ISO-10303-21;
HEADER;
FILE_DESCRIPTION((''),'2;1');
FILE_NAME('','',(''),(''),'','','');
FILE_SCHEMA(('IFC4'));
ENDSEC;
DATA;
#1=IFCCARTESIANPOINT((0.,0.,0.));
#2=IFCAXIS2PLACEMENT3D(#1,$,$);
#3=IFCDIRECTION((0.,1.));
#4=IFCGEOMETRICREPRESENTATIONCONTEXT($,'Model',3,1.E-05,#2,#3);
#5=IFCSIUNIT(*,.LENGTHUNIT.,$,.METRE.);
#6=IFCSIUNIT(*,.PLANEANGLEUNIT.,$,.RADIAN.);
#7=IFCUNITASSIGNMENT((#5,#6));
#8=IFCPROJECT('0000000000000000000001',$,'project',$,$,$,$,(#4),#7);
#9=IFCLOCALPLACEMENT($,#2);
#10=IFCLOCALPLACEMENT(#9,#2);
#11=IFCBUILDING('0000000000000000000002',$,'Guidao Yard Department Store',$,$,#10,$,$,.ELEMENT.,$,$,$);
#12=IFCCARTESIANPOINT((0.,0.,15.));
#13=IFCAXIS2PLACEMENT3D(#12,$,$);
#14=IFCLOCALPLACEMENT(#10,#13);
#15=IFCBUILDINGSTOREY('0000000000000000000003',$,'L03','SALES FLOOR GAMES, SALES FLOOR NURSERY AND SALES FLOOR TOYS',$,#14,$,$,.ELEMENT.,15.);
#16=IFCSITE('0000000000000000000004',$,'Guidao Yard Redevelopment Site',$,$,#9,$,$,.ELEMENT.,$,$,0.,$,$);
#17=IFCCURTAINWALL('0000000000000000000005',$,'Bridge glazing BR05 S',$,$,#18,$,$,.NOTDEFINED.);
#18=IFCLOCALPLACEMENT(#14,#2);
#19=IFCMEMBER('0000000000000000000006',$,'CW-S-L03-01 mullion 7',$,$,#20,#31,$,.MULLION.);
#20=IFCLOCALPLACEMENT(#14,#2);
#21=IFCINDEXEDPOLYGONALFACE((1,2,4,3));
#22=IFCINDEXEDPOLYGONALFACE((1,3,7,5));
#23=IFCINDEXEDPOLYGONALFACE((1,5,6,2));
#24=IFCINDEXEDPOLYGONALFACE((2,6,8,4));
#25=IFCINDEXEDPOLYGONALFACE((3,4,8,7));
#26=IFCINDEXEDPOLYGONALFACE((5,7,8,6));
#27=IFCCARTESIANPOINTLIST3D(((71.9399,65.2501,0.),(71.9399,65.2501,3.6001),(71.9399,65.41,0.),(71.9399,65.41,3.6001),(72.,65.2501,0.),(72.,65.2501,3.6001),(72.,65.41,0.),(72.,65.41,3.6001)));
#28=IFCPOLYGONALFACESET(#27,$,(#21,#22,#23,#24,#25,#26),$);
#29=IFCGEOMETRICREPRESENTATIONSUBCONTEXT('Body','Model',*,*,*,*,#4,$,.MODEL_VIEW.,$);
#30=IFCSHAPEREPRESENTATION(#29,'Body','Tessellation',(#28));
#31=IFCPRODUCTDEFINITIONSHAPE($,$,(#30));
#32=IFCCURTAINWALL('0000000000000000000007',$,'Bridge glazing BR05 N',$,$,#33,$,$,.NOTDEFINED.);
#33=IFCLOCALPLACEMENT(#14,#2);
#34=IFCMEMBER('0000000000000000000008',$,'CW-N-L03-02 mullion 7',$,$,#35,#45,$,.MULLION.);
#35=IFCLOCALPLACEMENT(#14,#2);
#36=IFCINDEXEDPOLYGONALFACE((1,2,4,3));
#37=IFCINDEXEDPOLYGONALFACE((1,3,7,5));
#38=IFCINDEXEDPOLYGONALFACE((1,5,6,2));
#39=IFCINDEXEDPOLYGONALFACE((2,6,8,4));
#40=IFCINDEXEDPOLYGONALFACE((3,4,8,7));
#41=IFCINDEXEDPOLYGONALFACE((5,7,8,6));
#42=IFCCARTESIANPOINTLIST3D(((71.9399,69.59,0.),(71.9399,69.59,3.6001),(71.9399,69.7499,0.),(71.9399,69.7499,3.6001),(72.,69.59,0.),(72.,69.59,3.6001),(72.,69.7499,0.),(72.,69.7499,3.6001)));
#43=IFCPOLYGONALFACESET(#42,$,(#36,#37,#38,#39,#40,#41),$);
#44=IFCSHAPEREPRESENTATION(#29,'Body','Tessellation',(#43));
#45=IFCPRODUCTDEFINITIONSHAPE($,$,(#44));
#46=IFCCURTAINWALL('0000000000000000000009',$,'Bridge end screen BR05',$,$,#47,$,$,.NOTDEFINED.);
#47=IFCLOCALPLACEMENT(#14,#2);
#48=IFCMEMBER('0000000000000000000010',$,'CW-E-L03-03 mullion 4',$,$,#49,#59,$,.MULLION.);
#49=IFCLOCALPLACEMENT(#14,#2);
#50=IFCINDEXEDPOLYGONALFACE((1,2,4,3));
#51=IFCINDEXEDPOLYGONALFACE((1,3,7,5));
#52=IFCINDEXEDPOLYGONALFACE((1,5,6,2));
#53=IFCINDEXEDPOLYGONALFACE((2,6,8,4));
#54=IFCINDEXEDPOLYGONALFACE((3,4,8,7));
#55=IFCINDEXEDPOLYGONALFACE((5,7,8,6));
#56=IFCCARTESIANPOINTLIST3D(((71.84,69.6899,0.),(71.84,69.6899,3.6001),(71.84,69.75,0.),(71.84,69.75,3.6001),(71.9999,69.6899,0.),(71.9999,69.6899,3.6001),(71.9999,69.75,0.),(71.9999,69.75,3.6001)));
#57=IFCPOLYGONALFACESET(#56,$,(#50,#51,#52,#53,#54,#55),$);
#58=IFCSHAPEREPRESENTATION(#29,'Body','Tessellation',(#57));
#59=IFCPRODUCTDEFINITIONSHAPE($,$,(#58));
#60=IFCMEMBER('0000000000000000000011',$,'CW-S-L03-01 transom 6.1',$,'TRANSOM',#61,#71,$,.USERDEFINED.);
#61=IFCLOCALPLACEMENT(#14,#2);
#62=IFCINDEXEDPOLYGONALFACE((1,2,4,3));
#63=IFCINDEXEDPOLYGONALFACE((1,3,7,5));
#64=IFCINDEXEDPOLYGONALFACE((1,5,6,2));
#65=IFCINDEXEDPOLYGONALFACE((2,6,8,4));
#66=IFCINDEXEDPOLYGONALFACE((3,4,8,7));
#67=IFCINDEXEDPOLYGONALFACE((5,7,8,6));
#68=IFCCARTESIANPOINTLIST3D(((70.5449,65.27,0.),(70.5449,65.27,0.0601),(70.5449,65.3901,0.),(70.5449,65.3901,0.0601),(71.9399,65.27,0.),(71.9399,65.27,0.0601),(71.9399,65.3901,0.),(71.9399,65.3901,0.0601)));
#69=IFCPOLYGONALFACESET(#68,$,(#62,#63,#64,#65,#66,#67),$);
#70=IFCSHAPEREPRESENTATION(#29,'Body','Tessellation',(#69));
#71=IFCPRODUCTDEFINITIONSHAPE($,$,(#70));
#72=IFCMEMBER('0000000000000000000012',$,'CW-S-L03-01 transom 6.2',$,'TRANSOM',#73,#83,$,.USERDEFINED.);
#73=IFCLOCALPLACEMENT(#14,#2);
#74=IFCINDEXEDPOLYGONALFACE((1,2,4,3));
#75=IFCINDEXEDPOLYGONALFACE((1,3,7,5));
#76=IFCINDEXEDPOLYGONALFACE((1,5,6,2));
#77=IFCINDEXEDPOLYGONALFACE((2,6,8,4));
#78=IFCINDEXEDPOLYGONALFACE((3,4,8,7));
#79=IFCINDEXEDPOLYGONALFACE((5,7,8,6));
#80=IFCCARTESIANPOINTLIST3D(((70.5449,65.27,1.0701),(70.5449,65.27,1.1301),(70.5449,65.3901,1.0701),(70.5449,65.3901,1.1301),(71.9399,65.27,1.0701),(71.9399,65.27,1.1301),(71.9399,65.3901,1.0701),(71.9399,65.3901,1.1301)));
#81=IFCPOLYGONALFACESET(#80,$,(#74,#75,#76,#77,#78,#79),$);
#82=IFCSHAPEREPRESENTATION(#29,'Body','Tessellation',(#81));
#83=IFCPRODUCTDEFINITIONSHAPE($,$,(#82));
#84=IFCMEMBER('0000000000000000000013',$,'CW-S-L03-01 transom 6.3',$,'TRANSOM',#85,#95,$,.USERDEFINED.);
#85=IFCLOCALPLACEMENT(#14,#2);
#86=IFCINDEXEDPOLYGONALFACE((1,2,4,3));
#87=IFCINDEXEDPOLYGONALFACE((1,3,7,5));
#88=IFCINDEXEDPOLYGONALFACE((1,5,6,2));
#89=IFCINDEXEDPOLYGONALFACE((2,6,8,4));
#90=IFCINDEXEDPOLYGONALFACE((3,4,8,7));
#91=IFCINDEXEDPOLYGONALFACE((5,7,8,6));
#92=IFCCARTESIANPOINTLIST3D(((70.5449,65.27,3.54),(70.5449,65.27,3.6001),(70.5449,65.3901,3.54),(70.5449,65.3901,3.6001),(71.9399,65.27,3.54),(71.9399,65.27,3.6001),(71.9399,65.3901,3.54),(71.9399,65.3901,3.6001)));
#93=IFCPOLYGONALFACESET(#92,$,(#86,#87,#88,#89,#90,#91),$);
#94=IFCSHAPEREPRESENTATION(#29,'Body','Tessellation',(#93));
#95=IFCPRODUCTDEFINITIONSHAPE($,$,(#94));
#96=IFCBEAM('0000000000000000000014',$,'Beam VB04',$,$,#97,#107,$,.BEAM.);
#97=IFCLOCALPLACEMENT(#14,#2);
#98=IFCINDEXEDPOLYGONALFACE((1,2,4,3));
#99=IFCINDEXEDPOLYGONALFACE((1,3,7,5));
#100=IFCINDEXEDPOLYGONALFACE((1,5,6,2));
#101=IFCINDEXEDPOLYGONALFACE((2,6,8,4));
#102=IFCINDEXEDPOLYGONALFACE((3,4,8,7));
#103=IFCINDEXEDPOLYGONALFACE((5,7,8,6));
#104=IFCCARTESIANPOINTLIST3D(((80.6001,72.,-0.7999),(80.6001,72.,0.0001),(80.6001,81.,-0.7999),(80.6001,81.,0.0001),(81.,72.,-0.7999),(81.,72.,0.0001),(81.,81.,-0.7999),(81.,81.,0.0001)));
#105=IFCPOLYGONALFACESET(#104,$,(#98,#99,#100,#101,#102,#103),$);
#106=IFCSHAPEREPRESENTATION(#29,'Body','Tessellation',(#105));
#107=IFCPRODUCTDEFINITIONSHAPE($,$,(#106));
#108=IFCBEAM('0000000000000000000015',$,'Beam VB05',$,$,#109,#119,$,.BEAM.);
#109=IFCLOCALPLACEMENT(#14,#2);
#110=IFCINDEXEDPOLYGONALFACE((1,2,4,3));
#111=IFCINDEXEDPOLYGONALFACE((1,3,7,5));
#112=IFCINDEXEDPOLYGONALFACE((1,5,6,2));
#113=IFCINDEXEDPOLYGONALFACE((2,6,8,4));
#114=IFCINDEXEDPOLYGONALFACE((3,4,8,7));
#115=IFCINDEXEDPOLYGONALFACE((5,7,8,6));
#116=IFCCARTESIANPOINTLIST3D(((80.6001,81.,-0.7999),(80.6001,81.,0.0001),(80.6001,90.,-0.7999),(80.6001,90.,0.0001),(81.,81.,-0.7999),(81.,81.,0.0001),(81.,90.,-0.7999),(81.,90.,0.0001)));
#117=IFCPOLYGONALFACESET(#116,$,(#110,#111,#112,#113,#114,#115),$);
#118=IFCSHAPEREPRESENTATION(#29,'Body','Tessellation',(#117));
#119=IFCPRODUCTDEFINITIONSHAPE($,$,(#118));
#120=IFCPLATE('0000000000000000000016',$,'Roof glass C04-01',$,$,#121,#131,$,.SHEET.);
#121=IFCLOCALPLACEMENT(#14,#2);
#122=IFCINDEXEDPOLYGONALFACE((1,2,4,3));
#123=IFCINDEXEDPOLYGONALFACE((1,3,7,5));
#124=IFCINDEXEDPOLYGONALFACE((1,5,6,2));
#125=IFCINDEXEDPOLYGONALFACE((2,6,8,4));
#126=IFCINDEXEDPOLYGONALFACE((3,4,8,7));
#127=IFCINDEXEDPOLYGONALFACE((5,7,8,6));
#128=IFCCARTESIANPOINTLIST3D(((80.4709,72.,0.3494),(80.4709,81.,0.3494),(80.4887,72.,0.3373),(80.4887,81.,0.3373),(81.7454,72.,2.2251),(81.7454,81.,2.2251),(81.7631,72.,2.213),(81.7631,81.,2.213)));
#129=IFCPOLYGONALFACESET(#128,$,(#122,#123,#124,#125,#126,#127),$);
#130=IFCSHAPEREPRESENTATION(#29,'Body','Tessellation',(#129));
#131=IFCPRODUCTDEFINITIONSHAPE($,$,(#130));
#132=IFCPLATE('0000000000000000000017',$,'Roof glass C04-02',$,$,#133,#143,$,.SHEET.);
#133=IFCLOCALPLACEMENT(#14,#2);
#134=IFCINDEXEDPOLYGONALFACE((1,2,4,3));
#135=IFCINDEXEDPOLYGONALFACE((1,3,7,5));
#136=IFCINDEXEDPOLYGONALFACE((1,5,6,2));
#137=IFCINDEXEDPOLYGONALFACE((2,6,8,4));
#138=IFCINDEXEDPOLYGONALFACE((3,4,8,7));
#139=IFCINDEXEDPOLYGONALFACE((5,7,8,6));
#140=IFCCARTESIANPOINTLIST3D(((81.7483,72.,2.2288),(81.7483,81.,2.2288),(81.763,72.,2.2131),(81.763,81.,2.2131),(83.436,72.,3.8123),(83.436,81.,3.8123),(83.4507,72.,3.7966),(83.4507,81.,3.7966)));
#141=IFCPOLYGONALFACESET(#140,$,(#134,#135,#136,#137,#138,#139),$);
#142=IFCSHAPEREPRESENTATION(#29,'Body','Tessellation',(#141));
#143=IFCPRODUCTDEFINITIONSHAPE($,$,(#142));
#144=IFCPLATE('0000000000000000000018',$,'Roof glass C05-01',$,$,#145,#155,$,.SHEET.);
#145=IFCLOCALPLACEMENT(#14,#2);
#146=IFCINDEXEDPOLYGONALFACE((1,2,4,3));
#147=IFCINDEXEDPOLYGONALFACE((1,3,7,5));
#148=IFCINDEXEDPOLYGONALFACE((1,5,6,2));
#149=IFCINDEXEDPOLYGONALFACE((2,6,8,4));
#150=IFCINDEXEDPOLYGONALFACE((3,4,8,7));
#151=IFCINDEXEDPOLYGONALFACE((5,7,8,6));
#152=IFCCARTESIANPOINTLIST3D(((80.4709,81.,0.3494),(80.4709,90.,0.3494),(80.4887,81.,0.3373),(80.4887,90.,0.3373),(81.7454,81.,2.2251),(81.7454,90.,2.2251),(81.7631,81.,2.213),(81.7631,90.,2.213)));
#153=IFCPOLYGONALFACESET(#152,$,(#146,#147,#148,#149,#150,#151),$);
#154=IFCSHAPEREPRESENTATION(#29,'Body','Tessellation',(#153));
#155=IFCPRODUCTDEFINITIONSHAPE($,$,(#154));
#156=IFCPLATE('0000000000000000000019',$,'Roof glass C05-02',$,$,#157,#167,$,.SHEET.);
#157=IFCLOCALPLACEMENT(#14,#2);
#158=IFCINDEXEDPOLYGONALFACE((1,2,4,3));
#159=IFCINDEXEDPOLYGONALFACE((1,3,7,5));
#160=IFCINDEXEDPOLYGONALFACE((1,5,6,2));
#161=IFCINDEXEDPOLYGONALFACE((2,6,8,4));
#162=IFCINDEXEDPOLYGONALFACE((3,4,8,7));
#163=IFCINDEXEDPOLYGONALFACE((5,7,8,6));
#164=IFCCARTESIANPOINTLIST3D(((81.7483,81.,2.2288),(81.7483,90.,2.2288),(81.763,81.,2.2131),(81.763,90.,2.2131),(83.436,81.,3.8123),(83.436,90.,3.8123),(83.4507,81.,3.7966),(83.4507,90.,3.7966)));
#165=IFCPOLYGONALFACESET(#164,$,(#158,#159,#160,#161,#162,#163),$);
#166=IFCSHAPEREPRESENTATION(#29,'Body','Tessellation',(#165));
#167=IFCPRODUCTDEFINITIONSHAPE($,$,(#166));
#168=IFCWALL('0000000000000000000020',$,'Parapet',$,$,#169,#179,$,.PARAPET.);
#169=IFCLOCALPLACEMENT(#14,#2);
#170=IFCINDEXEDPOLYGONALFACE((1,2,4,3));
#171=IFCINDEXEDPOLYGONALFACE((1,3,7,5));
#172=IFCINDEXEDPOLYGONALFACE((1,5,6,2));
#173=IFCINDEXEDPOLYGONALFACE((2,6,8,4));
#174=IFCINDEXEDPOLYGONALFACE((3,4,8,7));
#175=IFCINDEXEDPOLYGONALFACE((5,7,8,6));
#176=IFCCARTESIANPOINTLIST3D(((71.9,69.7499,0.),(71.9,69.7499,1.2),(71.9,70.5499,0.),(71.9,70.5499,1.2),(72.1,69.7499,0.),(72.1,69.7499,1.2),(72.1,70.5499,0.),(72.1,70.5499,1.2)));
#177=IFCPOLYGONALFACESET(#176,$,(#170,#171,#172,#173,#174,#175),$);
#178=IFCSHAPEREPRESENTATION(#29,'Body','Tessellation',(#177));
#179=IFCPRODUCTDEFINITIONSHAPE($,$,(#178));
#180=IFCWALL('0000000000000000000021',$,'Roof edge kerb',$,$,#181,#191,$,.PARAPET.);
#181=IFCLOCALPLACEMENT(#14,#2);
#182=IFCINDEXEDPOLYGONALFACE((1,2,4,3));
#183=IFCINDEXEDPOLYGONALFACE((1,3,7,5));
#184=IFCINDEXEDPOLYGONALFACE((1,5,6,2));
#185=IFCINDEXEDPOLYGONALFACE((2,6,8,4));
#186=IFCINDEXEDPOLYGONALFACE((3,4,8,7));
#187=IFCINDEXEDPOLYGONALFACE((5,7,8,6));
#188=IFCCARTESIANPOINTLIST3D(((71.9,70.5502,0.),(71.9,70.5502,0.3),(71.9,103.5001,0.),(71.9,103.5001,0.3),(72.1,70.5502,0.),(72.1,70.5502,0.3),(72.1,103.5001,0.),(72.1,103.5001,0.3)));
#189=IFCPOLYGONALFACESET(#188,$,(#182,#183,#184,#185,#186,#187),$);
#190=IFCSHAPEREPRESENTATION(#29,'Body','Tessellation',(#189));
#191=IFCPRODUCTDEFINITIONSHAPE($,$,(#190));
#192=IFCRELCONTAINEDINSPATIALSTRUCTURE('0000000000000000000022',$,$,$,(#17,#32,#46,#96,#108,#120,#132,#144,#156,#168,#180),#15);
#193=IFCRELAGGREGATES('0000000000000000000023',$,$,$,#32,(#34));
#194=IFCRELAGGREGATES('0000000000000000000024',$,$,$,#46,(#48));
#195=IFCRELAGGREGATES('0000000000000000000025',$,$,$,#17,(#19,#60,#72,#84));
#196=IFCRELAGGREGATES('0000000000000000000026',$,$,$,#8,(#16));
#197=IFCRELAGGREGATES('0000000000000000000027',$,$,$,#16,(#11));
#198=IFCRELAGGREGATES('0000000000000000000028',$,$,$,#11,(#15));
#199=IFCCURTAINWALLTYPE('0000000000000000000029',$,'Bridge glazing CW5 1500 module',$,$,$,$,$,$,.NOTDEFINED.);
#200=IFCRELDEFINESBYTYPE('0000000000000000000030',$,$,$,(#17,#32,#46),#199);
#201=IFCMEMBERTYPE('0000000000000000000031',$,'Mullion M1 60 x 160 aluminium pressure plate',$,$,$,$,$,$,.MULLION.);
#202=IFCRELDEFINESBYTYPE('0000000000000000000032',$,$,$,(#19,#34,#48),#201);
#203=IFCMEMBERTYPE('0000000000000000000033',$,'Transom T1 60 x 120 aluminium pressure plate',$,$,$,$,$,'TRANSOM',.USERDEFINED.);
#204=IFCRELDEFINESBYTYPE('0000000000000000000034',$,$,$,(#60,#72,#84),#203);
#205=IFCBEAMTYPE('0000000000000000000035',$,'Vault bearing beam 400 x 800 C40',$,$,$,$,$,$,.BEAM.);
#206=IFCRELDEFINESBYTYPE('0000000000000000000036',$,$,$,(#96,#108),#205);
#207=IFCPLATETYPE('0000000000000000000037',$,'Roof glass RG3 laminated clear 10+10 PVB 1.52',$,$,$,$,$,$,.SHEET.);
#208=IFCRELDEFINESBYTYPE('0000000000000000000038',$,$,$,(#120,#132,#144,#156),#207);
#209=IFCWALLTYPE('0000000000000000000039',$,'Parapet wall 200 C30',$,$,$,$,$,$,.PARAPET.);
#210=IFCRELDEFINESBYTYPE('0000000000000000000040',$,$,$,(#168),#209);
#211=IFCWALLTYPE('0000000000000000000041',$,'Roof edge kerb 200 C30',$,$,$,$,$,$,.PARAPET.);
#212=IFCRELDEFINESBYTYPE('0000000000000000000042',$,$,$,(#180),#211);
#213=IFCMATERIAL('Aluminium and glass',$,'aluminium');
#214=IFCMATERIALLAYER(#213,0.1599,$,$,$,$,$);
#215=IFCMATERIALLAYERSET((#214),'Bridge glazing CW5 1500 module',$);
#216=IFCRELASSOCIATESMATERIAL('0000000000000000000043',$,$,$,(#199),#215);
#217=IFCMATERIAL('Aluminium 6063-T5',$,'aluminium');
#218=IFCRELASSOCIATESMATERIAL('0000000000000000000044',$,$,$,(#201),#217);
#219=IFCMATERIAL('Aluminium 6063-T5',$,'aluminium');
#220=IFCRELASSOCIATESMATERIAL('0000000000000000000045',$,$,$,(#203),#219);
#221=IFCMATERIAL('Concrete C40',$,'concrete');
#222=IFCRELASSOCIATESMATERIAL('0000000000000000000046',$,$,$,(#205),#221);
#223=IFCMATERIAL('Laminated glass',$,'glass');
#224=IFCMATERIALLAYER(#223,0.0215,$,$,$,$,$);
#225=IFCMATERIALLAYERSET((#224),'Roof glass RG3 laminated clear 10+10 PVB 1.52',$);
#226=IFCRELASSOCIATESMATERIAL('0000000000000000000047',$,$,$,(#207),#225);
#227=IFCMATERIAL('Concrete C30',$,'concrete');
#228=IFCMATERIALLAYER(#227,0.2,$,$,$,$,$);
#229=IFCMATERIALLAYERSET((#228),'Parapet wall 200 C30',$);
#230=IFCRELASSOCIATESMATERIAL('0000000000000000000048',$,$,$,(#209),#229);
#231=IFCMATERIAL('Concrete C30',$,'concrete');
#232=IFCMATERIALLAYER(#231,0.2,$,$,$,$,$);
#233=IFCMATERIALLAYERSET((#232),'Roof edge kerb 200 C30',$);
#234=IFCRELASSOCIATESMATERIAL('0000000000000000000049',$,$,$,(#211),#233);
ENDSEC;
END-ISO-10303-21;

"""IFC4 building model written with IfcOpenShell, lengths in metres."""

from ifc_helpers import new_model, si_unit, direction, frame, frame_2d, origin, origin_2d, place, context, subcontext, project, spatial, polyline, rectangle, outline, extrude, material, layer, layer_set, material_profile, profile_set, type_object, element, aggregate, save


model = new_model("IFC4")

# Units and contexts
model_context = context("Model", 3, precision=1e-05, world=origin(), true_north=direction((0.0, 1.0)))
body_context = subcontext(model_context, "Body", "Model", "MODEL_VIEW")
ifc_project = project(units=[si_unit("LENGTHUNIT", "METRE"), si_unit("PLANEANGLEUNIT", "RADIAN")], contexts=[model_context])

# Site, building, storey
site_placement = place(None, origin())
site = spatial("IfcSite", under=ifc_project, at=site_placement, Name="Guidao Yard Redevelopment Site", CompositionType="ELEMENT", RefElevation=0.0)
building_placement = place(site_placement, origin())
building = spatial("IfcBuilding", under=site, at=building_placement, Name="Guidao Yard Department Store", CompositionType="ELEMENT")
storey_placement = place(building_placement, frame((0.0, 0.0, 15.0)))
storey = spatial("IfcBuildingStorey", under=building, at=storey_placement, Name="L03", Description="SALES FLOOR GAMES, SALES FLOOR NURSERY AND SALES FLOOR TOYS", CompositionType="ELEMENT", Elevation=15.0)

# Curtain walls, members
ifc_material_1 = material(Name="Aluminium and glass", Category="aluminium")
ifc_layer_1 = layer(ifc_material_1, 0.1599)
ifc_layer_set_1 = layer_set([ifc_layer_1], Name="Bridge glazing CW5 1500 module")
curtain_wall_type = type_object("IfcCurtainWallType", Name="Bridge glazing CW5 1500 module", PredefinedType="NOTDEFINED", material=ifc_layer_set_1)
curtain_wall_1_placement = place(storey_placement, origin())
curtain_wall_1 = element("IfcCurtainWall", 1, at=curtain_wall_1_placement, inside=storey, type_object=curtain_wall_type, Name="Bridge glazing BR05 S", PredefinedType="NOTDEFINED")
ifc_material_2 = material(Name="Aluminium 6063-T5", Category="aluminium")
ifc_material_profile_1 = material_profile(ifc_material_2, rectangle(XDim=0.0601, YDim=0.1599, at=origin_2d()), Name="Mullion M1 60 x 160 aluminium pressure plate")
ifc_profile_set_1 = profile_set([ifc_material_profile_1], Name="Aluminium 6063-T5")
member_type_1 = type_object("IfcMemberType", Name="Mullion M1 60 x 160 aluminium pressure plate", PredefinedType="MULLION", material=ifc_profile_set_1)
member_1_placement = place(storey_placement, frame((71.97, 65.3301, 0.0), z_axis=(0.0, 0.0, 1.0), x_axis=(-1.0, 0.0, 0.0)))
member_1 = element("IfcMember", 2, at=member_1_placement, type_object=member_type_1, Name="CW-S-L03-01 mullion 7", PredefinedType="MULLION", context=body_context, shape_type="SweptSolid", body=[
    extrude(rectangle(XDim=0.0601, YDim=0.1599, at=origin_2d()), origin(), (0.0, 0.0, 1.0), 3.6001),
])
curtain_wall_2_placement = place(storey_placement, origin())
curtain_wall_2 = element("IfcCurtainWall", 3, at=curtain_wall_2_placement, inside=storey, type_object=curtain_wall_type, Name="Bridge glazing BR05 N", PredefinedType="NOTDEFINED")
member_2_placement = place(storey_placement, frame((71.97, 69.6699, 0.0), z_axis=(0.0, 0.0, 1.0), x_axis=(1.0, 0.0, 0.0)))
member_2 = element("IfcMember", 4, at=member_2_placement, type_object=member_type_1, Name="CW-N-L03-02 mullion 7", PredefinedType="MULLION", context=body_context, shape_type="SweptSolid", body=[
    extrude(rectangle(XDim=0.0601, YDim=0.1599, at=origin_2d()), origin(), (0.0, 0.0, 1.0), 3.6001),
])
aggregate(curtain_wall_2, [member_2])
curtain_wall_3_placement = place(storey_placement, origin())
curtain_wall_3 = element("IfcCurtainWall", 5, at=curtain_wall_3_placement, inside=storey, type_object=curtain_wall_type, Name="Bridge end screen BR05", PredefinedType="NOTDEFINED")
member_3_placement = place(storey_placement, frame((71.9199, 69.72, 0.0), z_axis=(0.0, 0.0, 1.0), x_axis=(0.0, -1.0, 0.0)))
member_3 = element("IfcMember", 6, at=member_3_placement, type_object=member_type_1, Name="CW-E-L03-03 mullion 4", PredefinedType="MULLION", context=body_context, shape_type="SweptSolid", body=[
    extrude(rectangle(XDim=0.0601, YDim=0.1599, at=origin_2d()), origin(), (0.0, 0.0, 1.0), 3.6001),
])
aggregate(curtain_wall_3, [member_3])

# Members
ifc_material_3 = material(Name="Aluminium 6063-T5", Category="aluminium")
ifc_material_profile_2 = material_profile(ifc_material_3, rectangle(XDim=0.1201, YDim=0.0601, at=origin_2d()), Name="Transom T1 60 x 120 aluminium pressure plate")
ifc_profile_set_2 = profile_set([ifc_material_profile_2], Name="Aluminium 6063-T5")
member_type_2 = type_object("IfcMemberType", Name="Transom T1 60 x 120 aluminium pressure plate", ElementType="TRANSOM", PredefinedType="USERDEFINED", material=ifc_profile_set_2)
member_4_placement = place(storey_placement, frame((71.9399, 65.3301, 0.03), z_axis=(-1.0, 0.0, 0.0), x_axis=(0.0, -1.0, 0.0)))
member_4 = element("IfcMember", 7, at=member_4_placement, type_object=member_type_2, Name="CW-S-L03-01 transom 6.1", ObjectType="TRANSOM", PredefinedType="USERDEFINED", context=body_context, shape_type="SweptSolid", body=[
    extrude(rectangle(XDim=0.1201, YDim=0.0601, at=origin_2d()), origin(), (0.0, 0.0, 1.0), 1.395),
])
member_5_placement = place(storey_placement, frame((71.9399, 65.3301, 1.1001), z_axis=(-1.0, 0.0, 0.0), x_axis=(0.0, -1.0, 0.0)))
member_5 = element("IfcMember", 8, at=member_5_placement, type_object=member_type_2, Name="CW-S-L03-01 transom 6.2", ObjectType="TRANSOM", PredefinedType="USERDEFINED", context=body_context, shape_type="SweptSolid", body=[
    extrude(rectangle(XDim=0.1201, YDim=0.0601, at=origin_2d()), origin(), (0.0, 0.0, 1.0), 1.395),
])
member_6_placement = place(storey_placement, frame((71.9399, 65.3301, 3.5701), z_axis=(-1.0, 0.0, 0.0), x_axis=(0.0, -1.0, 0.0)))
member_6 = element("IfcMember", 9, at=member_6_placement, type_object=member_type_2, Name="CW-S-L03-01 transom 6.3", ObjectType="TRANSOM", PredefinedType="USERDEFINED", context=body_context, shape_type="SweptSolid", body=[
    extrude(rectangle(XDim=0.1201, YDim=0.0601, at=origin_2d()), origin(), (0.0, 0.0, 1.0), 1.395),
])
aggregate(curtain_wall_1, [member_1, member_4, member_5, member_6])

# Beams
ifc_material_4 = material(Name="Concrete C40", Category="concrete")
ifc_material_profile_3 = material_profile(ifc_material_4, rectangle(XDim=0.3999, YDim=0.8, at=origin_2d()), Name="Vault bearing beam 400 x 800 C40")
ifc_profile_set_3 = profile_set([ifc_material_profile_3], Name="Concrete C40")
beam_type_1 = type_object("IfcBeamType", Name="Vault bearing beam 400 x 800 C40", PredefinedType="BEAM", material=ifc_profile_set_3)
for number, where, z_axis, x_axis, name in (
    (10, (80.8, 72.0, -0.3999), (0.0, 1.0, 0.0), (-1.0, 0.0, 0.0), "Beam VB04"),
    (11, (80.8, 81.0, -0.3999), (0.0, 1.0, 0.0), (-1.0, 0.0, 0.0), "Beam VB05"),
):
    element("IfcBeam", number, at=place(storey_placement, frame(where, z_axis=z_axis, x_axis=x_axis)), inside=storey, type_object=beam_type_1, Name=name, PredefinedType="BEAM", context=body_context, shape_type="SweptSolid", body=[
        extrude(rectangle(XDim=0.3999, YDim=0.8, at=origin_2d()), origin(), (0.0, 0.0, 1.0), 9.0),
    ])

# Plates
ifc_material_5 = material(Name="Laminated glass", Category="glass")
ifc_layer_2 = layer(ifc_material_5, 0.0215)
ifc_layer_set_2 = layer_set([ifc_layer_2], Name="Roof glass RG3 laminated clear 10+10 PVB 1.52")
plate_type = type_object("IfcPlateType", Name="Roof glass RG3 laminated clear 10+10 PVB 1.52", PredefinedType="SHEET", material=ifc_layer_set_2)
plate_1_placement = place(storey_placement, frame((80.4709, 72.0, 0.3494), z_axis=(-0.827149, 0.0, 0.561983), x_axis=(0.561983, 0.0, 0.827149)))
element("IfcPlate", 12, at=plate_1_placement, inside=storey, type_object=plate_type, Name="Roof glass C04-01", PredefinedType="SHEET", context=body_context, shape_type="SweptSolid", body=[
    extrude(outline(polyline([(0.0, 0.0), (2.2677, 0.0), (2.2677, 9.0), (0.0, 9.0), (0.0, 0.0)])), origin(), (0.0, 0.0, -1.0), 0.0215),
])
plate_2_placement = place(storey_placement, frame((81.7483, 72.0, 2.2288), z_axis=(-0.684225, 0.0, 0.729271), x_axis=(0.729271, 0.0, 0.684225)))
element("IfcPlate", 13, at=plate_2_placement, inside=storey, type_object=plate_type, Name="Roof glass C04-02", PredefinedType="SHEET", context=body_context, shape_type="SweptSolid", body=[
    extrude(outline(polyline([(0.0, 0.0), (2.3143, 0.0), (2.3143, 9.0), (0.0, 9.0), (0.0, 0.0)])), origin(), (0.0, 0.0, -1.0), 0.0215),
])
plate_3_placement = place(storey_placement, frame((80.4709, 81.0, 0.3494), z_axis=(-0.827149, 0.0, 0.561983), x_axis=(0.561983, 0.0, 0.827149)))
element("IfcPlate", 14, at=plate_3_placement, inside=storey, type_object=plate_type, Name="Roof glass C05-01", PredefinedType="SHEET", context=body_context, shape_type="SweptSolid", body=[
    extrude(outline(polyline([(0.0, 0.0), (2.2677, 0.0), (2.2677, 9.0), (0.0, 9.0), (0.0, 0.0)])), origin(), (0.0, 0.0, -1.0), 0.0215),
])
plate_4_placement = place(storey_placement, frame((81.7483, 81.0, 2.2288), z_axis=(-0.684225, 0.0, 0.729271), x_axis=(0.729271, 0.0, 0.684225)))
element("IfcPlate", 15, at=plate_4_placement, inside=storey, type_object=plate_type, Name="Roof glass C05-02", PredefinedType="SHEET", context=body_context, shape_type="SweptSolid", body=[
    extrude(outline(polyline([(0.0, 0.0), (2.3143, 0.0), (2.3143, 9.0), (0.0, 9.0), (0.0, 0.0)])), origin(), (0.0, 0.0, -1.0), 0.0215),
])

# Walls
ifc_material_6 = material(Name="Concrete C30", Category="concrete")
ifc_layer_3 = layer(ifc_material_6, 0.2)
ifc_layer_set_3 = layer_set([ifc_layer_3], Name="Parapet wall 200 C30")
wall_type_1 = type_object("IfcWallType", Name="Parapet wall 200 C30", PredefinedType="PARAPET", material=ifc_layer_set_3)
wall_1_placement = place(storey_placement, frame((72.0, 69.75, 0.0), z_axis=(0.0, 0.0, 1.0), x_axis=(0.0, 1.0, 0.0)))
element("IfcWall", 16, at=wall_1_placement, inside=storey, type_object=wall_type_1, Name="Parapet", PredefinedType="PARAPET", context=body_context, shape_type="SweptSolid", body=[
    extrude(rectangle(XDim=0.8, YDim=0.2, at=frame_2d((0.3999, 0.0))), origin(), (0.0, 0.0, 1.0), 1.2),
])
ifc_material_7 = material(Name="Concrete C30", Category="concrete")
ifc_layer_4 = layer(ifc_material_7, 0.2)
ifc_layer_set_4 = layer_set([ifc_layer_4], Name="Roof edge kerb 200 C30")
wall_type_2 = type_object("IfcWallType", Name="Roof edge kerb 200 C30", PredefinedType="PARAPET", material=ifc_layer_set_4)
wall_2_placement = place(storey_placement, frame((72.0, 70.55, 0.0), z_axis=(0.0, 0.0, 1.0), x_axis=(0.0, 1.0, 0.0)))
element("IfcWall", 17, at=wall_2_placement, inside=storey, type_object=wall_type_2, Name="Roof edge kerb", PredefinedType="PARAPET", context=body_context, shape_type="SweptSolid", body=[
    extrude(rectangle(XDim=32.95, YDim=0.2, at=frame_2d((16.4751, 0.0))), origin(), (0.0, 0.0, 1.0), 0.3),
])

save(model, "model.ifc")
